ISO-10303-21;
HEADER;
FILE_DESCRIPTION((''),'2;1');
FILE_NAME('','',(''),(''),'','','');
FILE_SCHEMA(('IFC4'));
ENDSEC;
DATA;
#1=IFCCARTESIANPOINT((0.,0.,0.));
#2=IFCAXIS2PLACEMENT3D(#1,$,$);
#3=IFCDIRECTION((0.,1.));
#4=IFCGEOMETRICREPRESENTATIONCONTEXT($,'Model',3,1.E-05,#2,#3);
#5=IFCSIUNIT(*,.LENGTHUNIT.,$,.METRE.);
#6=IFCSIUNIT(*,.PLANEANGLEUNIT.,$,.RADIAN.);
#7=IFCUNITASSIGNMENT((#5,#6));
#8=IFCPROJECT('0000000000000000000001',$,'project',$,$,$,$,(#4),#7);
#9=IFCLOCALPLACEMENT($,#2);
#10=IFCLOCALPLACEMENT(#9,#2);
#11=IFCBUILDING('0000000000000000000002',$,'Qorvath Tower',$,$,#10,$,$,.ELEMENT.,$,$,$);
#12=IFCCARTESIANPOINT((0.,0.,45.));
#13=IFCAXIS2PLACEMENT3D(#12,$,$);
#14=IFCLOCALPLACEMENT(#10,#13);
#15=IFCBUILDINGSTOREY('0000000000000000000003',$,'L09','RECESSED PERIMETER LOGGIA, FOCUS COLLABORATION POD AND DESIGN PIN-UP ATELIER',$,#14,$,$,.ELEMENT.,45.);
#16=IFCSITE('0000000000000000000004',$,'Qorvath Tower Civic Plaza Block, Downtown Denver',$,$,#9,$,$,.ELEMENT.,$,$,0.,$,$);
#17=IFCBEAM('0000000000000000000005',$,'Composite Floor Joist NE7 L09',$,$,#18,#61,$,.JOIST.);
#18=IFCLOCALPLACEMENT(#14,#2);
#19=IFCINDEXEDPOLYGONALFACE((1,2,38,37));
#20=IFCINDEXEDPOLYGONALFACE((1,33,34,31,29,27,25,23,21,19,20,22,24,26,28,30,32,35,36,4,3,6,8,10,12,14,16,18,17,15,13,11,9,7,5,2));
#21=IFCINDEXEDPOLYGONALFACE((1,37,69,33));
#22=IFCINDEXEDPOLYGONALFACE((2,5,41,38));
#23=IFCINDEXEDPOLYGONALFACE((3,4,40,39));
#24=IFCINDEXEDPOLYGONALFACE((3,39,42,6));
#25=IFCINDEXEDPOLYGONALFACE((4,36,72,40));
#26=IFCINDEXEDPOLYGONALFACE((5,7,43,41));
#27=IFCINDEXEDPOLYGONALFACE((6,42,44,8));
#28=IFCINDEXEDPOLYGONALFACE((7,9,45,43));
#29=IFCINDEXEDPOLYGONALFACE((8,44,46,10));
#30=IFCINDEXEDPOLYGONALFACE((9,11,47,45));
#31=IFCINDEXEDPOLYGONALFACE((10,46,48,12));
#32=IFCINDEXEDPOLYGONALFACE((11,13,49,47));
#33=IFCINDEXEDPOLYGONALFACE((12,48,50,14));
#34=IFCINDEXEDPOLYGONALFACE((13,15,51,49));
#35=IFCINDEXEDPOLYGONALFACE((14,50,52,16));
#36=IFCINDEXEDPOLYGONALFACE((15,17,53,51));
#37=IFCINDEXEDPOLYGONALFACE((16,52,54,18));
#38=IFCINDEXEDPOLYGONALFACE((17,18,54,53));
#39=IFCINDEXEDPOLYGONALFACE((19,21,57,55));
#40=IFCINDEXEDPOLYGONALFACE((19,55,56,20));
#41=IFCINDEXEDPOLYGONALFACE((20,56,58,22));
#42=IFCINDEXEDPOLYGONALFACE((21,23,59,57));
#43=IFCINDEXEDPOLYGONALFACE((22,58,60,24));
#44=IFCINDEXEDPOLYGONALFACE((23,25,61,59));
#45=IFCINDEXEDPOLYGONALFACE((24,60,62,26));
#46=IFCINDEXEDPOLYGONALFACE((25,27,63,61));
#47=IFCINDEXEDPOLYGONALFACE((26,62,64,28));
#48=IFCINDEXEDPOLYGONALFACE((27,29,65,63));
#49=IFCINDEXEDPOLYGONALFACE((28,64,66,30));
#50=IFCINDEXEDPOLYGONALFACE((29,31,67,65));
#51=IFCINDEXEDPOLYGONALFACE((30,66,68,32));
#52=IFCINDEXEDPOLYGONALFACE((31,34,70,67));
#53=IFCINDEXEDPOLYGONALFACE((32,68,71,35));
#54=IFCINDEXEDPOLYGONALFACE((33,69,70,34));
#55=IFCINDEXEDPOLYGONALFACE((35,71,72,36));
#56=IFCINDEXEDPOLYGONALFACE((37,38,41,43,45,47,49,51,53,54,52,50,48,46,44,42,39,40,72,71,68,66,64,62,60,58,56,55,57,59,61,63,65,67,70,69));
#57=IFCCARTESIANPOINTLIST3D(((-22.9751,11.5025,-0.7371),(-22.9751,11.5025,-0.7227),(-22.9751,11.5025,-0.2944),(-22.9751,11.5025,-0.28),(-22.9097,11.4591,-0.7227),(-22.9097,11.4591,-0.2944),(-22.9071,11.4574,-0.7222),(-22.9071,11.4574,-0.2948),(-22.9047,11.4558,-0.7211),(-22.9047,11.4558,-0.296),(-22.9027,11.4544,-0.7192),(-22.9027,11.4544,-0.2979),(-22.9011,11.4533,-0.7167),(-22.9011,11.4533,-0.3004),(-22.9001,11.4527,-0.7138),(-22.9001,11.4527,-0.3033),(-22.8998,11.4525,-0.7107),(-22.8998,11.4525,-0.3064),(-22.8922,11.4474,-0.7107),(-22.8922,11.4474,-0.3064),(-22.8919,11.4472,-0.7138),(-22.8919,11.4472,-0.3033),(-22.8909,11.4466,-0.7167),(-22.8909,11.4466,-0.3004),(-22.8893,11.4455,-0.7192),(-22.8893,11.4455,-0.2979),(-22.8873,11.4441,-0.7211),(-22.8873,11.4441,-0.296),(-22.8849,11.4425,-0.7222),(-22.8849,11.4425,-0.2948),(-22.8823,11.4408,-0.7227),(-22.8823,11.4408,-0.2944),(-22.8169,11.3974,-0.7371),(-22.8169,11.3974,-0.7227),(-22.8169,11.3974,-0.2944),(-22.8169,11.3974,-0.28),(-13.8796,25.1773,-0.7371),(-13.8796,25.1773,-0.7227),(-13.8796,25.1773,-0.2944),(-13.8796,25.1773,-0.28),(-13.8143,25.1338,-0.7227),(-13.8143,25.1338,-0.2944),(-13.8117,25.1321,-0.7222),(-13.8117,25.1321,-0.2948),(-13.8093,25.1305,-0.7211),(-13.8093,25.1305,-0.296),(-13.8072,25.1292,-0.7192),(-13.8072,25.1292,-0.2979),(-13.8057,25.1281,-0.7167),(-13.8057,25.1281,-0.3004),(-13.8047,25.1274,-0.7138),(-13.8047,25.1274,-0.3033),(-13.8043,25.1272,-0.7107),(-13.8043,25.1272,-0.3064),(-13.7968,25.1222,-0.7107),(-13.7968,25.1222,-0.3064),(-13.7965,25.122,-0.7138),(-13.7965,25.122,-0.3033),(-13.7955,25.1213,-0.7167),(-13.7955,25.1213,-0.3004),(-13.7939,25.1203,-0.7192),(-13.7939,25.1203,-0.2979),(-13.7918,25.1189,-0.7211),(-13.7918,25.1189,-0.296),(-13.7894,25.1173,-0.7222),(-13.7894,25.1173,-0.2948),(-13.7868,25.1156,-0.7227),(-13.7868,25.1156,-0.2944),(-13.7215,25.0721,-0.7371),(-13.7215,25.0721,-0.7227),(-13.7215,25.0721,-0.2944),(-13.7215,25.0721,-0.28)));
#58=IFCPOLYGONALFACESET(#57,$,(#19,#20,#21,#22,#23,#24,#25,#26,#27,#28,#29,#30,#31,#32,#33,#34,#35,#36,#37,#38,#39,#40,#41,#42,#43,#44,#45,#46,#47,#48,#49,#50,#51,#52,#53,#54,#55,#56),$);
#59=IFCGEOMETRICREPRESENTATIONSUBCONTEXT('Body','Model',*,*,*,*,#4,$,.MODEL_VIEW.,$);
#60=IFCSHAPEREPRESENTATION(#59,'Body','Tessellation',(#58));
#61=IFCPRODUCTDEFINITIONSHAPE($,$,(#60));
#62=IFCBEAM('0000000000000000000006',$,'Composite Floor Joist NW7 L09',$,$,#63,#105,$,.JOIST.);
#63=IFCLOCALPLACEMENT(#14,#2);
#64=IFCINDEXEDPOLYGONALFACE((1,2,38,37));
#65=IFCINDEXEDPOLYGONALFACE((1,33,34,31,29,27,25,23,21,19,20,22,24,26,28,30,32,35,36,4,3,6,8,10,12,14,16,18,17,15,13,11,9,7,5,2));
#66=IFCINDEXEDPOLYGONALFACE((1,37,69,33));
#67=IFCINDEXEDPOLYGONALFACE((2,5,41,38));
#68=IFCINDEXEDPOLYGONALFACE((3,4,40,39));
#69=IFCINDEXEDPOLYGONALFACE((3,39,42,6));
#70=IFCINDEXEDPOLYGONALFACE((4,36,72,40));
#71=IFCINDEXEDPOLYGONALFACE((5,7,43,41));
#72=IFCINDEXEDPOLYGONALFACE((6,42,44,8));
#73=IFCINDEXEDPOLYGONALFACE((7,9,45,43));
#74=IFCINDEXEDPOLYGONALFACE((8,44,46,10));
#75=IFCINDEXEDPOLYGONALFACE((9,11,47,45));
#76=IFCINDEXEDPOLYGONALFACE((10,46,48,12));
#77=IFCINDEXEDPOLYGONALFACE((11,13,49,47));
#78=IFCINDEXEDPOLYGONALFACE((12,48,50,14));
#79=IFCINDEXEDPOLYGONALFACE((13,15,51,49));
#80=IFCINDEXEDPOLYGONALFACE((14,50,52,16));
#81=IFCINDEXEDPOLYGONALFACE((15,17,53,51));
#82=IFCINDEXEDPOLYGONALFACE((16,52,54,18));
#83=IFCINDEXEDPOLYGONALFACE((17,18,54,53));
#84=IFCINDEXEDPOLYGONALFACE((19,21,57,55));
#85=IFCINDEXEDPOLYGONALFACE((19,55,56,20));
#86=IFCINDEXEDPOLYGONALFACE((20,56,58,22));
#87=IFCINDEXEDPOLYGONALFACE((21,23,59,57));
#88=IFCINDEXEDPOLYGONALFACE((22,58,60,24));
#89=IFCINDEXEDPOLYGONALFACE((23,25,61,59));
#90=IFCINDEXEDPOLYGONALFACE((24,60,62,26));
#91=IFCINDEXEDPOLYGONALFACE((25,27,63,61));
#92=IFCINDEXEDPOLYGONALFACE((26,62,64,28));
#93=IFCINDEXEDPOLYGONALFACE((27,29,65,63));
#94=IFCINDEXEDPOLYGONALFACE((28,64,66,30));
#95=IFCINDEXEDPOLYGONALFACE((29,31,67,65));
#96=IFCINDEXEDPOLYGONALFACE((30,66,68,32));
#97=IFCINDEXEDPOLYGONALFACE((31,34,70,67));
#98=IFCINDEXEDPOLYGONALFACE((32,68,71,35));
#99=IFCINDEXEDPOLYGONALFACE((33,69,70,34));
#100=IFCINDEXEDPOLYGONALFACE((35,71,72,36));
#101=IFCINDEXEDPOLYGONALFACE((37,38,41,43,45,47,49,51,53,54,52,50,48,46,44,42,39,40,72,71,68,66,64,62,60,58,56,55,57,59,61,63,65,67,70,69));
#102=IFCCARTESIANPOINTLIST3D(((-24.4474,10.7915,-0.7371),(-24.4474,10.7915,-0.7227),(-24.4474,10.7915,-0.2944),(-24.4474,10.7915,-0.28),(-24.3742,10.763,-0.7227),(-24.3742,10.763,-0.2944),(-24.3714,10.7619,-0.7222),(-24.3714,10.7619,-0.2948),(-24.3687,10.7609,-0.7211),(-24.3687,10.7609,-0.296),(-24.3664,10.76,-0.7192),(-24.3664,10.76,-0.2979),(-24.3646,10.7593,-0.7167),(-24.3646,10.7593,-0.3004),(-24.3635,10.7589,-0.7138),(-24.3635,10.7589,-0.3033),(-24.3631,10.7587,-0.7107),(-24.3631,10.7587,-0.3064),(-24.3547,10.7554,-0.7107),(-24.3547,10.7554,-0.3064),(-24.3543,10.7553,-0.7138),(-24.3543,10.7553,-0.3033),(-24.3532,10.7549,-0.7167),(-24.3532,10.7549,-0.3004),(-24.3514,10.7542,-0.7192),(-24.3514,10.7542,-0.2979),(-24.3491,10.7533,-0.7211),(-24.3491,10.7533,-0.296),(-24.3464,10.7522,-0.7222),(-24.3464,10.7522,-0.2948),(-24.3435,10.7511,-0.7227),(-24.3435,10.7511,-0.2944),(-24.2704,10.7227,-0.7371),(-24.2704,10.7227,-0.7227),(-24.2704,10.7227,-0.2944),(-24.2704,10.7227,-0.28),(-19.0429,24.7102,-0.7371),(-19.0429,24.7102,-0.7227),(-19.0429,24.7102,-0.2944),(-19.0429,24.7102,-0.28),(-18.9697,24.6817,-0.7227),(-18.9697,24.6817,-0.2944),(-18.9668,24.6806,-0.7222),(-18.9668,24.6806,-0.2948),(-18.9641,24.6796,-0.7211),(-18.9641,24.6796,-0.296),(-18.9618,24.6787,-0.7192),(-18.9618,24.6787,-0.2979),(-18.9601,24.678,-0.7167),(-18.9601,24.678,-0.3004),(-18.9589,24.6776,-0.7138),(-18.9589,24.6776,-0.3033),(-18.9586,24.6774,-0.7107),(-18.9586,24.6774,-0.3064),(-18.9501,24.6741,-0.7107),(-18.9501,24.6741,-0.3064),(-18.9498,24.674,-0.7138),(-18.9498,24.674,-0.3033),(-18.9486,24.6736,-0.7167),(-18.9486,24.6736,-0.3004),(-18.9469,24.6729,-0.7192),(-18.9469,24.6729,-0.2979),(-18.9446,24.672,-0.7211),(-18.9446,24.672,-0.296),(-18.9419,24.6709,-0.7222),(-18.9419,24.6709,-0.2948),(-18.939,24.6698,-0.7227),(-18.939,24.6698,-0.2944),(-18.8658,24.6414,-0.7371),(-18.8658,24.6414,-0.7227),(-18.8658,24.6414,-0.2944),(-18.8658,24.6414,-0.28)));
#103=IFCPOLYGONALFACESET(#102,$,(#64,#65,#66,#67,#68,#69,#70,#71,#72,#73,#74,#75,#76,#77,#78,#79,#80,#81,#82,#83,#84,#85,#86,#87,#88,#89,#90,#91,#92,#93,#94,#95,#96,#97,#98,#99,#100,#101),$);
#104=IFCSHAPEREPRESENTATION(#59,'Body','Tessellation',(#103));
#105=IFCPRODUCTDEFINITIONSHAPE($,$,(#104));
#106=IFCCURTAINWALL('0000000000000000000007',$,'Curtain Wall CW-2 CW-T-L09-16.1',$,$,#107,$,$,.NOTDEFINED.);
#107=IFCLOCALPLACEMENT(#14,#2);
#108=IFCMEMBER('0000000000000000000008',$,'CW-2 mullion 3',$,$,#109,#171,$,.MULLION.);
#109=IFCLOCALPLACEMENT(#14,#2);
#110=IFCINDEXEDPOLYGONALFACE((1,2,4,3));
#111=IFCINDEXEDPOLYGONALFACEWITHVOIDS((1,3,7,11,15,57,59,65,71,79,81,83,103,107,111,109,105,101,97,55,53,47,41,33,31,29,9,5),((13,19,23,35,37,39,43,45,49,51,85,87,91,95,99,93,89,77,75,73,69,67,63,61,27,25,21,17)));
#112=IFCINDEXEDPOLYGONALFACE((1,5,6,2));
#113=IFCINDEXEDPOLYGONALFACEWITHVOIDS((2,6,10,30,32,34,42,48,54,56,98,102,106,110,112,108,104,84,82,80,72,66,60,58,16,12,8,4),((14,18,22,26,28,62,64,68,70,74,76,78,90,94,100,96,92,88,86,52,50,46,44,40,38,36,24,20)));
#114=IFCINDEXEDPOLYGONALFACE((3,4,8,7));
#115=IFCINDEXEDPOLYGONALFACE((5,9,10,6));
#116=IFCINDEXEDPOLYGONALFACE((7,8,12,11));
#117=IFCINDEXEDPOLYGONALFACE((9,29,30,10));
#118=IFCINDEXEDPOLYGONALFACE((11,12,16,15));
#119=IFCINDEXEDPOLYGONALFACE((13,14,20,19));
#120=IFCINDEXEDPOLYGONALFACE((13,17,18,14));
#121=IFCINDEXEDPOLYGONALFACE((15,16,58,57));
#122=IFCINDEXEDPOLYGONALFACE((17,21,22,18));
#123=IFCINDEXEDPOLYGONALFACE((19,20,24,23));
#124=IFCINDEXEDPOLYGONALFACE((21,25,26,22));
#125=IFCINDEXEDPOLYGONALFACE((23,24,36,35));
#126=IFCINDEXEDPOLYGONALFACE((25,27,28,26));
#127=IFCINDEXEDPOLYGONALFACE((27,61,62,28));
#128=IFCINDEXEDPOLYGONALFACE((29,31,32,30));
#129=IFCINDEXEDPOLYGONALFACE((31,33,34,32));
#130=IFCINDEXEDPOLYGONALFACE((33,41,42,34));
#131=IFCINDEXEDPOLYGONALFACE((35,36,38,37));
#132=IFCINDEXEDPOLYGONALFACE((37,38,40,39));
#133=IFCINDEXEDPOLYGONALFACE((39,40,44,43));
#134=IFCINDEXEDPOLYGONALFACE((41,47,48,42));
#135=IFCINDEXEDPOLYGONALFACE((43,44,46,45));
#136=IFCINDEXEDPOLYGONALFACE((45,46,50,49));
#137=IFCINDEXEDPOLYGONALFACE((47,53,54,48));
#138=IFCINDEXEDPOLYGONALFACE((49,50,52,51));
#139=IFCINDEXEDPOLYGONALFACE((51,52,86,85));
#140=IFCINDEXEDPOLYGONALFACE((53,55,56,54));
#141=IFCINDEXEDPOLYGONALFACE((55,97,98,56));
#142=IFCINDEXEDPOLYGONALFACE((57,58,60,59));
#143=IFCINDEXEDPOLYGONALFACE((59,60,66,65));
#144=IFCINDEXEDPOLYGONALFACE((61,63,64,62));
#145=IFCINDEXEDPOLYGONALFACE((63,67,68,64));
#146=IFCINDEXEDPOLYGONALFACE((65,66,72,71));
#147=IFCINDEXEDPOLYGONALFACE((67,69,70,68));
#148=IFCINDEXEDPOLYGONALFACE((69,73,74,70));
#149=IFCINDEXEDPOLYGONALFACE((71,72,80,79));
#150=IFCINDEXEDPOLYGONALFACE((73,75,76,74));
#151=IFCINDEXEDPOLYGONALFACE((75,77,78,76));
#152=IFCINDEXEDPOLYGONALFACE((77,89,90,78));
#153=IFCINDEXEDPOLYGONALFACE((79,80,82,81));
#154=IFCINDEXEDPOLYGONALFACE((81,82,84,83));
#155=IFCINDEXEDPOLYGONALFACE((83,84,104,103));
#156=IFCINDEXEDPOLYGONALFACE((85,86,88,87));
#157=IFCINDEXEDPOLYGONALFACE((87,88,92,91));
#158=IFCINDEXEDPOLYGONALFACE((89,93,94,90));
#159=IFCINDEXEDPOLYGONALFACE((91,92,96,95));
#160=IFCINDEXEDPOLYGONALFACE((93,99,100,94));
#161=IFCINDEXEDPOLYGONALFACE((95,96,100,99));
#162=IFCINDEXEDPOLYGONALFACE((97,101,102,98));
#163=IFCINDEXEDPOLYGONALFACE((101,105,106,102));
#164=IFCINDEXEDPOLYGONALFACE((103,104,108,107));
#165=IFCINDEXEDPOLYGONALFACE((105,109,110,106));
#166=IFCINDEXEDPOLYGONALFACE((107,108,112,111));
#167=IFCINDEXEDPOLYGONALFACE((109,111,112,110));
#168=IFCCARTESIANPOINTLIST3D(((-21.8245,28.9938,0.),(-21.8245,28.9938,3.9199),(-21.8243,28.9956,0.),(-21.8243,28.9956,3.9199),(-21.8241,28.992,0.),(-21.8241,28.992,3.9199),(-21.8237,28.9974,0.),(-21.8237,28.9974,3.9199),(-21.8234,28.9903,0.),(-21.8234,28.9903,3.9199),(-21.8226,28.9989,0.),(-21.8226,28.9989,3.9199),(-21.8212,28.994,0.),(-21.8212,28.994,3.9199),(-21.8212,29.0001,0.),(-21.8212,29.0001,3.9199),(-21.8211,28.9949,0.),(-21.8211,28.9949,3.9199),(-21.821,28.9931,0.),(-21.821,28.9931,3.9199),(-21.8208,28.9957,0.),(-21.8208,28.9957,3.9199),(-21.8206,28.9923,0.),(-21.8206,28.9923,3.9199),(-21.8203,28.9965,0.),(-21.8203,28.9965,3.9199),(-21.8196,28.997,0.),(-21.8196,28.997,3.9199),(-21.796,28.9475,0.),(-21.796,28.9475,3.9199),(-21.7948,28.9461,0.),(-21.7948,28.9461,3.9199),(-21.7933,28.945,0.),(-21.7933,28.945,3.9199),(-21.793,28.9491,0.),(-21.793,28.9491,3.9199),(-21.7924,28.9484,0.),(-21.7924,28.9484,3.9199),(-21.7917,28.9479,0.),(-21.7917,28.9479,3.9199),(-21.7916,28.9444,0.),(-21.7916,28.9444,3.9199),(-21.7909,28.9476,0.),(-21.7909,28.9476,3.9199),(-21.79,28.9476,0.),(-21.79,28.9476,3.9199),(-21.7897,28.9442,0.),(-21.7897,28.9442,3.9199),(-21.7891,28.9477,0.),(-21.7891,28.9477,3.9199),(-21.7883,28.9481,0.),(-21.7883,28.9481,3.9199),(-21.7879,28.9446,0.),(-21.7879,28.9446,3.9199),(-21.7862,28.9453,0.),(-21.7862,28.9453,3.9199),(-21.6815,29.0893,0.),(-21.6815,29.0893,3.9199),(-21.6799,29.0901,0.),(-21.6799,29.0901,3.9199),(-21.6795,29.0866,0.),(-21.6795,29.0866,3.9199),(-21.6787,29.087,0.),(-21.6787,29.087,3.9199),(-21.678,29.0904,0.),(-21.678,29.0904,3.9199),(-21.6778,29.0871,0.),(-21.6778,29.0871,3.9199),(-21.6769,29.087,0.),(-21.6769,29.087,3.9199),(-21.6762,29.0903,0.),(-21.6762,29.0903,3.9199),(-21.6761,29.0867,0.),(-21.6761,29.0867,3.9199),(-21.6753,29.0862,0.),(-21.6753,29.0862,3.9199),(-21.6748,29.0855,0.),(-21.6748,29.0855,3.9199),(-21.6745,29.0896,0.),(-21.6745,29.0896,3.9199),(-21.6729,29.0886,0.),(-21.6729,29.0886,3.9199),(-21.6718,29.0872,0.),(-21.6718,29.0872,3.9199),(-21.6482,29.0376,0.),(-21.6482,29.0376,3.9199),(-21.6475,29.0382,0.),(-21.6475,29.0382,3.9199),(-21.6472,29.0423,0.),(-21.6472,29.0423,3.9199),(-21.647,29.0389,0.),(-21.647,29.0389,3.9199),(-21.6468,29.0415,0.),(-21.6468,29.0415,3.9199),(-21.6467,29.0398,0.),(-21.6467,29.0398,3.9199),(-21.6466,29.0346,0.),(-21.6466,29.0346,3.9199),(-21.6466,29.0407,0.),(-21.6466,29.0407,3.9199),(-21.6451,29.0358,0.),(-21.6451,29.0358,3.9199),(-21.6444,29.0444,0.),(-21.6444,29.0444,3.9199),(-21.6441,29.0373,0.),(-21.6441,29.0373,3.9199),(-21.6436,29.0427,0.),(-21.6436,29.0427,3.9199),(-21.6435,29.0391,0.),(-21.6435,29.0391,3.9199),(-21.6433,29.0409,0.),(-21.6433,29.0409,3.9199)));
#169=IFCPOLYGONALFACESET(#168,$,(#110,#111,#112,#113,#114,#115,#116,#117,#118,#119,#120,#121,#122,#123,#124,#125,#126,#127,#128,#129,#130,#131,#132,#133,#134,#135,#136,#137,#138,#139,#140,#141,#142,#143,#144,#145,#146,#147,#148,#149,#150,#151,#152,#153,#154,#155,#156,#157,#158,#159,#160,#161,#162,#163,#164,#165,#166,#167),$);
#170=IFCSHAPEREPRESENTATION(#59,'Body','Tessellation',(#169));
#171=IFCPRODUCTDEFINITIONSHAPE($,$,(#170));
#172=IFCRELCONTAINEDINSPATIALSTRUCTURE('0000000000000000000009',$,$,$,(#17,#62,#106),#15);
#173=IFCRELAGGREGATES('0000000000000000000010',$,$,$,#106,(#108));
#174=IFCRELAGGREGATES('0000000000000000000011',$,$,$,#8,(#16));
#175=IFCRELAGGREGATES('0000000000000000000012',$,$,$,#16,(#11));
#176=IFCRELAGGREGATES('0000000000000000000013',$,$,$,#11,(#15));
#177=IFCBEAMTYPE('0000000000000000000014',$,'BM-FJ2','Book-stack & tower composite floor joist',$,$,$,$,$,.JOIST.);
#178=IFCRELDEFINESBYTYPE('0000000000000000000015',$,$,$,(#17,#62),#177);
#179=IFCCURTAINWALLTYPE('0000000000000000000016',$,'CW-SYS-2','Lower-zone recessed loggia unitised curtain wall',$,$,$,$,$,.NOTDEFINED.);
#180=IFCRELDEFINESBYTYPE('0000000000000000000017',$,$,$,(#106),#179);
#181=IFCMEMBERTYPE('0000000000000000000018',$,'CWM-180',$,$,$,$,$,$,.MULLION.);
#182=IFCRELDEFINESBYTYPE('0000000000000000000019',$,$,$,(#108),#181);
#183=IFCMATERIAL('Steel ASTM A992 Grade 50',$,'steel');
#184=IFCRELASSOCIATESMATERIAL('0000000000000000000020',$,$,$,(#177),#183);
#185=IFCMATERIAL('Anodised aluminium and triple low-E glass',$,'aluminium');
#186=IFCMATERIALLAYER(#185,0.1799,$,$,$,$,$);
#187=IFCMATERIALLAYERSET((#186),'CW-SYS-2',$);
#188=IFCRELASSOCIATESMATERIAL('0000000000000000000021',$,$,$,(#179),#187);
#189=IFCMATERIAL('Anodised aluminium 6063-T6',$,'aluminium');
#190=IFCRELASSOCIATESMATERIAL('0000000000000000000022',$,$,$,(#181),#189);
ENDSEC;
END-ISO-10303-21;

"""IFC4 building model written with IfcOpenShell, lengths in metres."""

from ifc_helpers import new_model, si_unit, direction, frame, origin, origin_2d, place, context, subcontext, project, spatial, hollow_rectangle, i_section, extrude, material, layer, layer_set, material_profile, profile_set, type_object, element, aggregate, save


model = new_model("IFC4")

# Units and contexts
model_context = context("Model", 3, precision=1e-05, world=origin(), true_north=direction((0.0, 1.0)))
body_context = subcontext(model_context, "Body", "Model", "MODEL_VIEW")
ifc_project = project(units=[si_unit("LENGTHUNIT", "METRE"), si_unit("PLANEANGLEUNIT", "RADIAN")], contexts=[model_context])

# Site, building, storey
site_placement = place(None, origin())
site = spatial("IfcSite", under=ifc_project, at=site_placement, Name="Qorvath Tower Civic Plaza Block, Downtown Denver", CompositionType="ELEMENT", RefElevation=0.0)
building_placement = place(site_placement, origin())
building = spatial("IfcBuilding", under=site, at=building_placement, Name="Qorvath Tower", CompositionType="ELEMENT")
storey_placement = place(building_placement, frame((0.0, 0.0, 45.0)))
storey = spatial("IfcBuildingStorey", under=building, at=storey_placement, Name="L09", Description="RECESSED PERIMETER LOGGIA, FOCUS COLLABORATION POD AND DESIGN PIN-UP ATELIER", CompositionType="ELEMENT", Elevation=45.0)

# Beams
ifc_material_1 = material(Name="Steel ASTM A992 Grade 50", Category="steel")
ifc_material_profile_1 = material_profile(ifc_material_1, i_section(OverallWidth=0.1899, OverallDepth=0.457, WebThickness=0.009, FlangeThickness=0.0144, FilletRadius=0.012, at=origin_2d()), Name="W18x50")
ifc_profile_set_1 = profile_set([ifc_material_profile_1], Name="Steel ASTM A992 Grade 50")
beam_type_1 = type_object("IfcBeamType", Name="BM-FJ2", Description="Book-stack & tower composite floor joist", PredefinedType="JOIST", material=ifc_profile_set_1)
beam_1_placement = place(storey_placement, frame((-22.896, 11.45, -0.5085), z_axis=(0.553811, 0.832642, 0.0), x_axis=(-0.832642, 0.553811, 0.0)))
element("IfcBeam", 1, at=beam_1_placement, inside=storey, type_object=beam_type_1, Name="Composite Floor Joist NE7 L09", PredefinedType="JOIST", context=body_context, shape_type="SweptSolid", body=[
    extrude(i_section(OverallWidth=0.1899, OverallDepth=0.457, WebThickness=0.009, FlangeThickness=0.0144, FilletRadius=0.012, at=origin_2d()), origin(), (0.0, 0.0, 1.0), 16.4233),
])
beam_2_placement = place(storey_placement, frame((-24.3589, 10.7571, -0.5085), z_axis=(0.361964, 0.932192, 0.0), x_axis=(-0.932192, 0.361964, 0.0)))
element("IfcBeam", 2, at=beam_2_placement, inside=storey, type_object=beam_type_1, Name="Composite Floor Joist NW7 L09", PredefinedType="JOIST", context=body_context, shape_type="SweptSolid", body=[
    extrude(i_section(OverallWidth=0.1899, OverallDepth=0.457, WebThickness=0.009, FlangeThickness=0.0144, FilletRadius=0.012, at=origin_2d()), origin(), (0.0, 0.0, 1.0), 14.9312),
])

# Curtain wall, member
ifc_material_2 = material(Name="Anodised aluminium and triple low-E glass", Category="aluminium")
ifc_layer_1 = layer(ifc_material_2, 0.1799)
ifc_layer_set_1 = layer_set([ifc_layer_1], Name="CW-SYS-2")
curtain_wall_type = type_object("IfcCurtainWallType", Name="CW-SYS-2", Description="Lower-zone recessed loggia unitised curtain wall", PredefinedType="NOTDEFINED", material=ifc_layer_set_1)
curtain_wall_1_placement = place(storey_placement, origin())
curtain_wall_1 = element("IfcCurtainWall", 3, at=curtain_wall_1_placement, inside=storey, type_object=curtain_wall_type, Name="Curtain Wall CW-2 CW-T-L09-16.1", PredefinedType="NOTDEFINED")
ifc_material_3 = material(Name="Anodised aluminium 6063-T6", Category="aluminium")
ifc_material_profile_2 = material_profile(ifc_material_3, hollow_rectangle(XDim=0.0649, YDim=0.1799, WallThickness=0.0034, InnerFilletRadius=0.0034, OuterFilletRadius=0.0071, at=origin_2d()), Name="CWM 180x65")
ifc_profile_set_2 = profile_set([ifc_material_profile_2], Name="Anodised aluminium 6063-T6")
member_type_1 = type_object("IfcMemberType", Name="CWM-180", PredefinedType="MULLION", material=ifc_profile_set_2)
member_1_placement = place(storey_placement, frame((-21.7339, 29.0173, 0.0), z_axis=(0.0, 0.0, 1.0), x_axis=(0.538533, -0.842604, 0.0)))
member_1 = element("IfcMember", 4, at=member_1_placement, type_object=member_type_1, Name="CW-2 mullion 3", PredefinedType="MULLION", context=body_context, shape_type="SweptSolid", body=[
    extrude(hollow_rectangle(XDim=0.0649, YDim=0.1799, WallThickness=0.0034, InnerFilletRadius=0.0034, OuterFilletRadius=0.0071, at=origin_2d()), origin(), (0.0, 0.0, 1.0), 3.9199),
])

aggregate(curtain_wall_1, [member_1])

save(model, "model.ifc")
